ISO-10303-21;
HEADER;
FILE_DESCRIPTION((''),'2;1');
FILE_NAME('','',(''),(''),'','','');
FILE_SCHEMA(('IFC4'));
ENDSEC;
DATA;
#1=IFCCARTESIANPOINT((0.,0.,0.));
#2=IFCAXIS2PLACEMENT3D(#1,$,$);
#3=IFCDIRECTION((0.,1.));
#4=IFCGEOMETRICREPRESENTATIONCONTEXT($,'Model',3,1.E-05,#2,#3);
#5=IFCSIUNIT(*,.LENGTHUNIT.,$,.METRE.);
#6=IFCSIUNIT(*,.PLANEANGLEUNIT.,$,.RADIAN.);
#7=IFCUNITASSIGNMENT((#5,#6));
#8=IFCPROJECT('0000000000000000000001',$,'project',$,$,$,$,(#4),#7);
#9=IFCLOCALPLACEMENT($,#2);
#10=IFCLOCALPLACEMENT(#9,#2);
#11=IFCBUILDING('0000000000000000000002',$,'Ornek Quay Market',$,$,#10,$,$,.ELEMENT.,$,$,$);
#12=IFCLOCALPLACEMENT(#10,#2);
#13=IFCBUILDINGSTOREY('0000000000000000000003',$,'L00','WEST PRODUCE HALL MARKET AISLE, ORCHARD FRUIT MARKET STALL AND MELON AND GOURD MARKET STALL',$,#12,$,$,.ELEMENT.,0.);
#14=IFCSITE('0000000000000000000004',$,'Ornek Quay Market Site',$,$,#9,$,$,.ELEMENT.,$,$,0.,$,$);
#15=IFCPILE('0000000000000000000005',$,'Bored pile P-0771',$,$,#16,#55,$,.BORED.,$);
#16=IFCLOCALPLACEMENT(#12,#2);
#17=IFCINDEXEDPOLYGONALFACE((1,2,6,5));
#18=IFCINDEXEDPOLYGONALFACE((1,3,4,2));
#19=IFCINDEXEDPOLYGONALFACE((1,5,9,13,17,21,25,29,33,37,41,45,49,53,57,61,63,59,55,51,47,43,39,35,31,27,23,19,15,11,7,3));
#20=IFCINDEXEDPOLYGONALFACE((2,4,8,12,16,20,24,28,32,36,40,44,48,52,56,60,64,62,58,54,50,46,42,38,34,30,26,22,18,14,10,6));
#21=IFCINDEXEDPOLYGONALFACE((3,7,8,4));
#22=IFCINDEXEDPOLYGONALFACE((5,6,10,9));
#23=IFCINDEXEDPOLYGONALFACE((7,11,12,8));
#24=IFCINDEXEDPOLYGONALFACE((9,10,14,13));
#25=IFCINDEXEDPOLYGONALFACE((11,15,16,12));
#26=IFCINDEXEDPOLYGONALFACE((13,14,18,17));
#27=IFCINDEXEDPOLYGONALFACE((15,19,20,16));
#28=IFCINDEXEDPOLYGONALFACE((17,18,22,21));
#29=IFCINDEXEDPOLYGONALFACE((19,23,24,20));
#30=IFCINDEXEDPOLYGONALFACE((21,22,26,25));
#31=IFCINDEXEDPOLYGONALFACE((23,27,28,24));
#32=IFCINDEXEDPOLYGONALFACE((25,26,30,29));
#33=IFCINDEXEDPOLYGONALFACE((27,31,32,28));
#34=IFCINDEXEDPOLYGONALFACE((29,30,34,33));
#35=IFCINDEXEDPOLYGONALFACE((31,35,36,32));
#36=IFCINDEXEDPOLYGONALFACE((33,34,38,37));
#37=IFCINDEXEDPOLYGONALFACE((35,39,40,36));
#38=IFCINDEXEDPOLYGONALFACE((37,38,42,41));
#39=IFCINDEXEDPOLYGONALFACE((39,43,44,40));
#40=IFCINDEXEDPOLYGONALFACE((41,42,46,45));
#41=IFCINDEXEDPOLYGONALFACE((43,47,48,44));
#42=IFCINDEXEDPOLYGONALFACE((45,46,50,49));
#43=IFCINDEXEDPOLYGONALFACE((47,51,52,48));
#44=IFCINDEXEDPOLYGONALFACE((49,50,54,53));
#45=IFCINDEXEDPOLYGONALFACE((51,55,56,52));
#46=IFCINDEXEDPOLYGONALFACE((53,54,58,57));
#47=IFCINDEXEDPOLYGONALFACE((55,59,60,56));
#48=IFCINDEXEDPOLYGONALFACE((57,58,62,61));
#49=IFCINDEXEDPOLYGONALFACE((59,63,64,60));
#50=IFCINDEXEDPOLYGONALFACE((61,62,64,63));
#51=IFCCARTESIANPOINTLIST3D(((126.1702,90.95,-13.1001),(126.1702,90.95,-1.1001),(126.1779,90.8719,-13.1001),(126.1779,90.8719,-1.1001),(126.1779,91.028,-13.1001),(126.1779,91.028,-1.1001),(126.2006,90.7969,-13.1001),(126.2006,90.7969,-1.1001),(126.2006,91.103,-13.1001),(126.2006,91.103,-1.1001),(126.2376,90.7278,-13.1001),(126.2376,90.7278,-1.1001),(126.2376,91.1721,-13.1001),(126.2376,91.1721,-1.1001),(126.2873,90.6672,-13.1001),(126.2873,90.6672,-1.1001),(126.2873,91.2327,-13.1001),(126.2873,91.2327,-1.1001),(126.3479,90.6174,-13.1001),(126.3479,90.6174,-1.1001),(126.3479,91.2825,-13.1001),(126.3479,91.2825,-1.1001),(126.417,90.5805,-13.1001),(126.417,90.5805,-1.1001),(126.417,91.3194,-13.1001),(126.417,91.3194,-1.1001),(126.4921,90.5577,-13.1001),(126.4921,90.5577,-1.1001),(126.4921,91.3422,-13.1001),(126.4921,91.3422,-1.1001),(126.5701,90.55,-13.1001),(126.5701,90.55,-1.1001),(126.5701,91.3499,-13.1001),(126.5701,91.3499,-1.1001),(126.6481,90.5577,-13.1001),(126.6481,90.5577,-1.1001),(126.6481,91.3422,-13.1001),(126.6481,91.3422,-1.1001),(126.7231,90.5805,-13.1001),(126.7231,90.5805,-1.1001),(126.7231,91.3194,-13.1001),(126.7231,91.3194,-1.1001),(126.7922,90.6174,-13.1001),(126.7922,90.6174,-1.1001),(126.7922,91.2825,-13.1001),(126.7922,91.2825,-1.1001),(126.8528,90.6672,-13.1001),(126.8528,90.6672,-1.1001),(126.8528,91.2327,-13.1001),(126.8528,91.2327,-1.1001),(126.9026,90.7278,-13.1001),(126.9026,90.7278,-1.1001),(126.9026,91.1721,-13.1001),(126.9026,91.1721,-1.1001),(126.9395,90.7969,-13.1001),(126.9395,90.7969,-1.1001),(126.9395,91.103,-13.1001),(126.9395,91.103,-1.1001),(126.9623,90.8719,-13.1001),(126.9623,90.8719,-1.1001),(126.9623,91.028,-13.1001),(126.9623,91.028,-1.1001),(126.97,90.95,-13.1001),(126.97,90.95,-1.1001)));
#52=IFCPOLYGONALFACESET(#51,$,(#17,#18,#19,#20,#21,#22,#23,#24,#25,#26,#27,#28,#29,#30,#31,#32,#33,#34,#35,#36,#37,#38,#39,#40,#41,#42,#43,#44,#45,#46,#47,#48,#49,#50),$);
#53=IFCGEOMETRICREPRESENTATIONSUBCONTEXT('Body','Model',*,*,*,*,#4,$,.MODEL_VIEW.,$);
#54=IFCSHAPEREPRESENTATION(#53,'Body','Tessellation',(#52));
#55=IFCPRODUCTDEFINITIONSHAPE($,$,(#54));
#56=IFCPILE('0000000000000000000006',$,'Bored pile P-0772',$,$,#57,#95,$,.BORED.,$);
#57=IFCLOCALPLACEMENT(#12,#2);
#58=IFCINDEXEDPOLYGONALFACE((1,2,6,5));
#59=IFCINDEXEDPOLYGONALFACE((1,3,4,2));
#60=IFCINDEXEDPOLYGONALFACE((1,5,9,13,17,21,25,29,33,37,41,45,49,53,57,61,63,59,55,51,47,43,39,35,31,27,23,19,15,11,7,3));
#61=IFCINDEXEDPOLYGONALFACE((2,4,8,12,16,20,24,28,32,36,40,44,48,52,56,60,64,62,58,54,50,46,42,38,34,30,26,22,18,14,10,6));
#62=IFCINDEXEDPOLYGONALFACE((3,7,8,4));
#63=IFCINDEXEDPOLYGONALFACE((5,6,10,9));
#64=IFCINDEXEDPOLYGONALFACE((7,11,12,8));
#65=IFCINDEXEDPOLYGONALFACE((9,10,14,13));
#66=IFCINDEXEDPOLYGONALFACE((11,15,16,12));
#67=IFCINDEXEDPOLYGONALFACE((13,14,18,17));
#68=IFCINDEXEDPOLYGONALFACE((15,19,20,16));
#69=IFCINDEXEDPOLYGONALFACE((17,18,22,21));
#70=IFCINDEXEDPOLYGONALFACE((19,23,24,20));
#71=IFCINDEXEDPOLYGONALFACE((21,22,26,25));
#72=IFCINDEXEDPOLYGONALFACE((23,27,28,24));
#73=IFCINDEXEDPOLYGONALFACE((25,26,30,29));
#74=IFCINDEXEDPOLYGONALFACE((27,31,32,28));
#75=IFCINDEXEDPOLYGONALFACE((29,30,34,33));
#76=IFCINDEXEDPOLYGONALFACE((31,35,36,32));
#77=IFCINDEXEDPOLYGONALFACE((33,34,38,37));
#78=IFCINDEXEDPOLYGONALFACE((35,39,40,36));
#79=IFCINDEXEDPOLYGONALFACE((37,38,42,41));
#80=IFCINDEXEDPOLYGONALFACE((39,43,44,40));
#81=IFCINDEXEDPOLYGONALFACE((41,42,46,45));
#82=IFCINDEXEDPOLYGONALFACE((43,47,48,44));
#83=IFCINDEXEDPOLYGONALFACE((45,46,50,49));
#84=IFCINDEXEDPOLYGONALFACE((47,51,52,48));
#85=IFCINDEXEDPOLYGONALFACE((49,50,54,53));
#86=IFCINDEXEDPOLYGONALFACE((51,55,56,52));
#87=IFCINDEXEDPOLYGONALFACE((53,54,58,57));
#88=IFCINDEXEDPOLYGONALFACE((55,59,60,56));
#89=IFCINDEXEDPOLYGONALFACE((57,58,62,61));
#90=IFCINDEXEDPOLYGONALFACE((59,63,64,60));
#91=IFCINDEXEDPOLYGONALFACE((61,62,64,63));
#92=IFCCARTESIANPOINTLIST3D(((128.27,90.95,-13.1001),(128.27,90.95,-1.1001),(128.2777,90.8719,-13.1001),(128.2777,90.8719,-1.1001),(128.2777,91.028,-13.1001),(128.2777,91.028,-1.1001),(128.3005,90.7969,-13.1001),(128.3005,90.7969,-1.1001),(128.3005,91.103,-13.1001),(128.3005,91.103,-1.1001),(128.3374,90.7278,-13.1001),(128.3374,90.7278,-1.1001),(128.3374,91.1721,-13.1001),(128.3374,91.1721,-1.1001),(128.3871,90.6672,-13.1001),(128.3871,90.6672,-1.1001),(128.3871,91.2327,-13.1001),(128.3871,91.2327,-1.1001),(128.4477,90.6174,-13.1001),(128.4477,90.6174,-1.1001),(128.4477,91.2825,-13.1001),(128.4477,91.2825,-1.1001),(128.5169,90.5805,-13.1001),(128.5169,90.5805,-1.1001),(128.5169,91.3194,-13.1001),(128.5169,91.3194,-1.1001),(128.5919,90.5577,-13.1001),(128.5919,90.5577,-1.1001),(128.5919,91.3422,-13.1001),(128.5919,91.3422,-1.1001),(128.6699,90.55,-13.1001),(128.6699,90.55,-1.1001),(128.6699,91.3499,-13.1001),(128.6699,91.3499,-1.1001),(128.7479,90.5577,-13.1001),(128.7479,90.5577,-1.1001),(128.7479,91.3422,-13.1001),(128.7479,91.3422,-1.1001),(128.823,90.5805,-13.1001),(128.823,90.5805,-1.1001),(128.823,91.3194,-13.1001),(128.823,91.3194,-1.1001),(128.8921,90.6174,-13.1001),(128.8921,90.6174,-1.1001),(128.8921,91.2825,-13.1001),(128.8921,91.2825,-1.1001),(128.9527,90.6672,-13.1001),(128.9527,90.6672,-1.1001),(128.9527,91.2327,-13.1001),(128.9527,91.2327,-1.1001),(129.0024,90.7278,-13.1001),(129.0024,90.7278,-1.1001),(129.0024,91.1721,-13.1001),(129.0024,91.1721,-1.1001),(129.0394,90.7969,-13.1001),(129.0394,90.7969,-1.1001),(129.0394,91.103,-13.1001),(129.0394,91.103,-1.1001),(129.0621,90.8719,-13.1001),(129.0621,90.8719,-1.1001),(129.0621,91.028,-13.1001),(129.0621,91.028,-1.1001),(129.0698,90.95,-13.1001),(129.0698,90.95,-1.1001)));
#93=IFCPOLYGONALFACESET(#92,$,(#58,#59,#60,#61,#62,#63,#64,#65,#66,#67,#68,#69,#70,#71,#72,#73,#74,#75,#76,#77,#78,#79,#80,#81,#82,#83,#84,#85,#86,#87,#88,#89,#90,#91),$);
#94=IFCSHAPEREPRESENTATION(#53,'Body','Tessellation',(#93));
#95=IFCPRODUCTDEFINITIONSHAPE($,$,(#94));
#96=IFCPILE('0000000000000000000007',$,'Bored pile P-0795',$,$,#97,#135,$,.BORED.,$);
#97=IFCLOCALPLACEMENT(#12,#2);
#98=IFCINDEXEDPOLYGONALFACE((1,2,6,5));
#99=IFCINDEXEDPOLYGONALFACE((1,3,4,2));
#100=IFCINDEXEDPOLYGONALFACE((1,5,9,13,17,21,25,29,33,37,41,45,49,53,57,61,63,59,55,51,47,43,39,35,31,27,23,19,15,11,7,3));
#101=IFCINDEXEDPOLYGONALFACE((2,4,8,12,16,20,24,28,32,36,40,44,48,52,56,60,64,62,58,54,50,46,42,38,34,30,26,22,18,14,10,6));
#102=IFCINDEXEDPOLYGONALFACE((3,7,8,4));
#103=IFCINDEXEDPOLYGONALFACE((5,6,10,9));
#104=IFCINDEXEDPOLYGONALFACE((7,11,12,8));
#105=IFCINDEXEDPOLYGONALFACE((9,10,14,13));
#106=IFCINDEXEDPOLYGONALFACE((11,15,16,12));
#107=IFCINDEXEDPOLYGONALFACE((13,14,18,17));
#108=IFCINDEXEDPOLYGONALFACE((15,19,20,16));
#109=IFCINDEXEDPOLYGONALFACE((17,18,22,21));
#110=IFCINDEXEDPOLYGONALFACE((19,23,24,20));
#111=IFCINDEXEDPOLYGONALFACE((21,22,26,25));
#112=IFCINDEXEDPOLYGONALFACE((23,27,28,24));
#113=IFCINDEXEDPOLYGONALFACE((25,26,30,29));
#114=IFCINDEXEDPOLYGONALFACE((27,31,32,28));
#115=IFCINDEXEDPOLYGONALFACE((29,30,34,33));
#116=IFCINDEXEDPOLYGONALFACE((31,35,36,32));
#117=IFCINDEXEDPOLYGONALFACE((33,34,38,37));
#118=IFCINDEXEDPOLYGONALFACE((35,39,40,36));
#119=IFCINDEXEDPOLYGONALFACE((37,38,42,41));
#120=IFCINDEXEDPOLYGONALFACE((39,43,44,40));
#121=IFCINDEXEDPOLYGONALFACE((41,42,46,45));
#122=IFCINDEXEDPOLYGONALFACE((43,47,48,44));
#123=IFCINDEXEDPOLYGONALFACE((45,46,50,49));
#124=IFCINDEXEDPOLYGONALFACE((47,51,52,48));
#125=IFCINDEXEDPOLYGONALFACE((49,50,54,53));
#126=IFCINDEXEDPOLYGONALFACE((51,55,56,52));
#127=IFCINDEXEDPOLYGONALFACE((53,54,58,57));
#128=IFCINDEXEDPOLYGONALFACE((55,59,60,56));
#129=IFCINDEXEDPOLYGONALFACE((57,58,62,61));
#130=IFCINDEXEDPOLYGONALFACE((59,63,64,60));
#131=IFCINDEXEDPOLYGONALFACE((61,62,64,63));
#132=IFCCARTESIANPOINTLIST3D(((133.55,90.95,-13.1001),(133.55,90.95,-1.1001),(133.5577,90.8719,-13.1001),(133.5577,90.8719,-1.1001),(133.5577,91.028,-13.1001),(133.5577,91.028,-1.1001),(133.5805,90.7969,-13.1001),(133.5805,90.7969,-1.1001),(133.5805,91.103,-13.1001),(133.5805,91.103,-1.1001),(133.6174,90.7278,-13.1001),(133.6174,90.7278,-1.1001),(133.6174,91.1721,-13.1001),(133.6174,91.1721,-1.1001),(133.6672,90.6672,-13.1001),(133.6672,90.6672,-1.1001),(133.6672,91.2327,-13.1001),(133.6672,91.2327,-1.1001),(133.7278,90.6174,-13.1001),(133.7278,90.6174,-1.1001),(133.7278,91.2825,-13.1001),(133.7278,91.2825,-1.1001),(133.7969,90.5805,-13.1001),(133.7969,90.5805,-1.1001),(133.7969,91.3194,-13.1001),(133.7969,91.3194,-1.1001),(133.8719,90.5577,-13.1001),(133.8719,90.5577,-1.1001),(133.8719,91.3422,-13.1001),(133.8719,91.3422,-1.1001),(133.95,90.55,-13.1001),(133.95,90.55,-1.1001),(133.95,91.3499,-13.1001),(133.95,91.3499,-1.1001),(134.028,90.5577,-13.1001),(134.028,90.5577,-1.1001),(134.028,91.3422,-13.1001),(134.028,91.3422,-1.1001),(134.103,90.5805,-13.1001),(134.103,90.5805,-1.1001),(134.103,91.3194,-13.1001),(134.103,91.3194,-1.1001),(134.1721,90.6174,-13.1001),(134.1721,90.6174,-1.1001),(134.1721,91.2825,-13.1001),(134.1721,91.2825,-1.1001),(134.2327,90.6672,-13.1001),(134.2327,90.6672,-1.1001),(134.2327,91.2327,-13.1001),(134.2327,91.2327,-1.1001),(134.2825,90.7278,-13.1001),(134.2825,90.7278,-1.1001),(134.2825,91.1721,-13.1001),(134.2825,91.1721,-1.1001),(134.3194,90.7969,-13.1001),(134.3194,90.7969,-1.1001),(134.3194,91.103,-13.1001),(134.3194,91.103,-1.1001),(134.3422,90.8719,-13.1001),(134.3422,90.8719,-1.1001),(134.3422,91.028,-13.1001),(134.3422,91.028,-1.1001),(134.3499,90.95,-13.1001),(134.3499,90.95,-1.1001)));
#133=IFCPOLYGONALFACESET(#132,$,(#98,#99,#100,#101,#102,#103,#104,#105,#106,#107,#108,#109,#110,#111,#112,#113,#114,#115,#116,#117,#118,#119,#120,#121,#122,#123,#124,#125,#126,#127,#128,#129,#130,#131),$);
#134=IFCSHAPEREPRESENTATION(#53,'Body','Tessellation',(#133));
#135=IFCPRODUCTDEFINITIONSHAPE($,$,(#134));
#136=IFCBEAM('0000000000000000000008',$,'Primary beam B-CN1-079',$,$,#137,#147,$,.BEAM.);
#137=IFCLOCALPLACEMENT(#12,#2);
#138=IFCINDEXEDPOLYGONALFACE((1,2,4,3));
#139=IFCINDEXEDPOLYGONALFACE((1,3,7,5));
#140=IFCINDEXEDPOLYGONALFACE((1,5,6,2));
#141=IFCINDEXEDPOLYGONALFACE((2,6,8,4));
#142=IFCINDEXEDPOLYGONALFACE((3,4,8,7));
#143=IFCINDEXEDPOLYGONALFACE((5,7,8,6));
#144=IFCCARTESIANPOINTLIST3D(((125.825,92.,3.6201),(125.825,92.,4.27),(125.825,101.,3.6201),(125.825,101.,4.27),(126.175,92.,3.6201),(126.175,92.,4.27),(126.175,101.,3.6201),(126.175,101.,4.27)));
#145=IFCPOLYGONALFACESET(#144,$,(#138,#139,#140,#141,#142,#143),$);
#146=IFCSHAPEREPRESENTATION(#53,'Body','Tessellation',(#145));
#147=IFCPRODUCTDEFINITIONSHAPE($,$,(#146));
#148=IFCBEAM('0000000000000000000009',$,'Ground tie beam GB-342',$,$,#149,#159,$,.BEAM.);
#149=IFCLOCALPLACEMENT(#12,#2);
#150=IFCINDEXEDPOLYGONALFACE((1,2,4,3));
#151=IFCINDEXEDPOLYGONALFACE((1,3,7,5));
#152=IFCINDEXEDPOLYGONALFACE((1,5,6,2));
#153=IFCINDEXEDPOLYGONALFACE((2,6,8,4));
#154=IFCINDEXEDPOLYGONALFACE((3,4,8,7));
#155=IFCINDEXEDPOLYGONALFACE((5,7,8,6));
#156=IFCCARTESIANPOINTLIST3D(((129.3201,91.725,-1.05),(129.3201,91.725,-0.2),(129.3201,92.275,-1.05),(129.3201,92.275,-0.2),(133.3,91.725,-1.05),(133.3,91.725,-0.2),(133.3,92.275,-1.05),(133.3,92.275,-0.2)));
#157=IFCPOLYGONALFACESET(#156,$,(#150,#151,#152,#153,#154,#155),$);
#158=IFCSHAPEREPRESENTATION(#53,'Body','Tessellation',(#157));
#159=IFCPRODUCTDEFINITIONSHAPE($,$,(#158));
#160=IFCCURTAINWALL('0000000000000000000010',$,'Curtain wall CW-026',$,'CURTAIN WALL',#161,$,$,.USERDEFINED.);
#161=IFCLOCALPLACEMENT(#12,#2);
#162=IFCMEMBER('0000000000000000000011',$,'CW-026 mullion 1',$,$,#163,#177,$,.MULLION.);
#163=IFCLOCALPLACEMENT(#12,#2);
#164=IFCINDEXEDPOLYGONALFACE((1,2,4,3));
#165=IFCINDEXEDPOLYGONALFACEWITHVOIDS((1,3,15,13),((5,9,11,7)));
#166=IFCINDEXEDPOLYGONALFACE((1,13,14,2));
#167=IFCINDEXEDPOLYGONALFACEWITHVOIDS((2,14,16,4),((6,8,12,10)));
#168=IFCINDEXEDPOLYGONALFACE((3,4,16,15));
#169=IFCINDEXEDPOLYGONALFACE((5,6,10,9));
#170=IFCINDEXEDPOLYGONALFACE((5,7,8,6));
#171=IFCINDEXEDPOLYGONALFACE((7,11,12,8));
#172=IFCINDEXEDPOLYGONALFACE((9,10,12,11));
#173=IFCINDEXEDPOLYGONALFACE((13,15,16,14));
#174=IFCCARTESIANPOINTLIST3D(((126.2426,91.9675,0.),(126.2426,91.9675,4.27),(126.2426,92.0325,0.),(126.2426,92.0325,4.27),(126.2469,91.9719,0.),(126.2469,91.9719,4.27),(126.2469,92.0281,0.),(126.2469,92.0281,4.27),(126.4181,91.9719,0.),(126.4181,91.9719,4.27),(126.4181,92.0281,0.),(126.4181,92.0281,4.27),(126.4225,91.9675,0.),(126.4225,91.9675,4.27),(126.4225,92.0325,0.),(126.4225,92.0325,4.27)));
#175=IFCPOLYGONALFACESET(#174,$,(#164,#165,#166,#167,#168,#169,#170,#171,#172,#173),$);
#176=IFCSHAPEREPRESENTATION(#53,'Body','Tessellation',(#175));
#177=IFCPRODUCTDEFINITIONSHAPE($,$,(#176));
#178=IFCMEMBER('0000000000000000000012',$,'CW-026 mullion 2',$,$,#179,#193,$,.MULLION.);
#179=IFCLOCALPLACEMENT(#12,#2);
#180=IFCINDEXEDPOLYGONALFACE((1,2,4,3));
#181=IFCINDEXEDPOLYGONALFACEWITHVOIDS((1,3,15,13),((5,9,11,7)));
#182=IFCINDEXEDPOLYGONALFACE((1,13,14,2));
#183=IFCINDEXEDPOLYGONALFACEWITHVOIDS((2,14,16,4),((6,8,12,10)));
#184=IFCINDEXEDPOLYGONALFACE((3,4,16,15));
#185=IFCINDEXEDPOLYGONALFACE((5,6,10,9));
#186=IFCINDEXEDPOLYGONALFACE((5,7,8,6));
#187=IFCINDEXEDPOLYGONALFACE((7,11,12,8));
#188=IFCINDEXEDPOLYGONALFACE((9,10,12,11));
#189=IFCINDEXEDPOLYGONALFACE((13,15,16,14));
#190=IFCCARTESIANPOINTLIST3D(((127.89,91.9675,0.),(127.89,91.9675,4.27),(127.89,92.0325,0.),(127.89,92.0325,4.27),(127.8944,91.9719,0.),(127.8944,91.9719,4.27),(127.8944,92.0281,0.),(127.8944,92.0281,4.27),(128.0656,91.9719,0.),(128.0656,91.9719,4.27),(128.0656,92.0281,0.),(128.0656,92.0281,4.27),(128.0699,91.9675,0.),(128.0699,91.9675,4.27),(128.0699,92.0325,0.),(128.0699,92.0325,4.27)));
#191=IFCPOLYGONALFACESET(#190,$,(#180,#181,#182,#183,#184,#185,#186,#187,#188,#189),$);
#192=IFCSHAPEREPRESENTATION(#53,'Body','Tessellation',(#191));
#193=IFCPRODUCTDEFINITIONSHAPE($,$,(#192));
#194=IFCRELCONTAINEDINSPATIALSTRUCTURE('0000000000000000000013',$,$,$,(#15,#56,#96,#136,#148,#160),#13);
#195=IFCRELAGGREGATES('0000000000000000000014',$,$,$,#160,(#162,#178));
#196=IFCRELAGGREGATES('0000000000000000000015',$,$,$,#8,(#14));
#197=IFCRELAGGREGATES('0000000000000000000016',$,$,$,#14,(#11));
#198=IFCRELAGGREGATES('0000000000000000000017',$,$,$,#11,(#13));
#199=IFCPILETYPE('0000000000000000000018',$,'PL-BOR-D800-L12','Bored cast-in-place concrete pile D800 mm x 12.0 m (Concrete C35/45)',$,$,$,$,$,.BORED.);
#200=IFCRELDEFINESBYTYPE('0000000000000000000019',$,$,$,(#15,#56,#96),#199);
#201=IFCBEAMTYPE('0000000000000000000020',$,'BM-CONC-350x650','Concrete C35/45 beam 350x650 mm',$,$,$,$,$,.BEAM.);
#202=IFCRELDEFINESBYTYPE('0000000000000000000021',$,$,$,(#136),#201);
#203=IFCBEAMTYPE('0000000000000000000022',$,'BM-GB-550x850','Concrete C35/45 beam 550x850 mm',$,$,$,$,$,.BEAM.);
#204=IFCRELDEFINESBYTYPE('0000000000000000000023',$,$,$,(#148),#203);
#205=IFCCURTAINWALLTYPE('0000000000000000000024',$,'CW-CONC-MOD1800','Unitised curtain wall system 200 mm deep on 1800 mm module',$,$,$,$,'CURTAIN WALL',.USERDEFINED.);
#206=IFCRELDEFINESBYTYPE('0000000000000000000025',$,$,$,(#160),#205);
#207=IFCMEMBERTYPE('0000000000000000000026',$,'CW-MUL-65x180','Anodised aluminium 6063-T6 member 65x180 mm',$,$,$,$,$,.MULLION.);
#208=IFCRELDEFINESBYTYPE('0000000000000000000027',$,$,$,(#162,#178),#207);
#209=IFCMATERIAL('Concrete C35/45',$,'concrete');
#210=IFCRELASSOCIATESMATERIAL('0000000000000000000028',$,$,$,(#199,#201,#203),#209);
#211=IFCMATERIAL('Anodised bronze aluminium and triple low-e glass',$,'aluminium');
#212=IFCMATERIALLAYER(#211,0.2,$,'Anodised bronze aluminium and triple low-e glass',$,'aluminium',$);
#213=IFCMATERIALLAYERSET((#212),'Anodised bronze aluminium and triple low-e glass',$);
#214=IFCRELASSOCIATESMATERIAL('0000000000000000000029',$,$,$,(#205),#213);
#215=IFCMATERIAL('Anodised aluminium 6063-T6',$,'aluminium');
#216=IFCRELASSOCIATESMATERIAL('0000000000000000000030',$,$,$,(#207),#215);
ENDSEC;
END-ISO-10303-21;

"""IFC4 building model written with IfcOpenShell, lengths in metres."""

from ifc_helpers import new_model, si_unit, direction, frame, origin, origin_2d, place, context, subcontext, project, spatial, rectangle, hollow_rectangle, circle, extrude, material, layer, layer_set, material_profile, profile_set, type_object, element, aggregate, save


model = new_model("IFC4")

# Units and contexts
model_context = context("Model", 3, precision=1e-05, world=origin(), true_north=direction((0.0, 1.0)))
body_context = subcontext(model_context, "Body", "Model", "MODEL_VIEW")
ifc_project = project(units=[si_unit("LENGTHUNIT", "METRE"), si_unit("PLANEANGLEUNIT", "RADIAN")], contexts=[model_context])

# Site, building, storey
site_placement = place(None, origin())
site = spatial("IfcSite", under=ifc_project, at=site_placement, Name="Ornek Quay Market Site", CompositionType="ELEMENT", RefElevation=0.0)
building_placement = place(site_placement, origin())
building = spatial("IfcBuilding", under=site, at=building_placement, Name="Ornek Quay Market", CompositionType="ELEMENT")
storey_placement = place(building_placement, origin())
storey = spatial("IfcBuildingStorey", under=building, at=storey_placement, Name="L00", Description="WEST PRODUCE HALL MARKET AISLE, ORCHARD FRUIT MARKET STALL AND MELON AND GOURD MARKET STALL", CompositionType="ELEMENT", Elevation=0.0)

# Piles
ifc_material_1 = material(Name="Concrete C35/45", Category="concrete")
ifc_material_profile_1 = material_profile(ifc_material_1, circle(Radius=0.3999, at=origin_2d()), Name="PILE D800", Category="concrete")
ifc_profile_set_1 = profile_set([ifc_material_profile_1], Name="Concrete C35/45")
pile_type = type_object("IfcPileType", Name="PL-BOR-D800-L12", Description="Bored cast-in-place concrete pile D800 mm x 12.0 m (Concrete C35/45)", PredefinedType="BORED", material=ifc_profile_set_1)
for number, where, z_axis, x_axis, name in (
    (1, (126.5701, 90.95, -1.1001), (0.0, 0.0, -1.0), (1.0, 0.0, 0.0), "Bored pile P-0771"),
    (2, (128.6699, 90.95, -1.1001), (0.0, 0.0, -1.0), (1.0, 0.0, 0.0), "Bored pile P-0772"),
    (3, (133.95, 90.95, -1.1001), (0.0, 0.0, -1.0), (1.0, 0.0, 0.0), "Bored pile P-0795"),
):
    element("IfcPile", number, at=place(storey_placement, frame(where, z_axis=z_axis, x_axis=x_axis)), inside=storey, type_object=pile_type, Name=name, PredefinedType="BORED", context=body_context, shape_type="SweptSolid", body=[
        extrude(circle(Radius=0.3999, at=origin_2d()), origin(), (0.0, 0.0, 1.0), 12.0),
    ])

# Beams
ifc_material_profile_2 = material_profile(ifc_material_1, rectangle(XDim=0.3501, YDim=0.6499, at=origin_2d()), Name="RC 350x650", Category="concrete")
ifc_profile_set_2 = profile_set([ifc_material_profile_2], Name="Concrete C35/45")
beam_type_1 = type_object("IfcBeamType", Name="BM-CONC-350x650", Description="Concrete C35/45 beam 350x650 mm", PredefinedType="BEAM", material=ifc_profile_set_2)
beam_1_placement = place(storey_placement, frame((126.0, 92.0, 3.9451), z_axis=(0.0, 1.0, 0.0), x_axis=(-1.0, 0.0, 0.0)))
element("IfcBeam", 4, at=beam_1_placement, inside=storey, type_object=beam_type_1, Name="Primary beam B-CN1-079", PredefinedType="BEAM", context=body_context, shape_type="SweptSolid", body=[
    extrude(rectangle(XDim=0.3501, YDim=0.6499, at=origin_2d()), origin(), (0.0, 0.0, 1.0), 9.0),
])
ifc_material_profile_3 = material_profile(ifc_material_1, rectangle(XDim=0.55, YDim=0.8501, at=origin_2d()), Name="RC 550x850", Category="concrete")
ifc_profile_set_3 = profile_set([ifc_material_profile_3], Name="Concrete C35/45")
beam_type_2 = type_object("IfcBeamType", Name="BM-GB-550x850", Description="Concrete C35/45 beam 550x850 mm", PredefinedType="BEAM", material=ifc_profile_set_3)
beam_2_placement = place(storey_placement, frame((129.3201, 92.0, -0.625), z_axis=(1.0, 0.0, 0.0), x_axis=(0.0, 1.0, 0.0)))
element("IfcBeam", 5, at=beam_2_placement, inside=storey, type_object=beam_type_2, Name="Ground tie beam GB-342", PredefinedType="BEAM", context=body_context, shape_type="SweptSolid", body=[
    extrude(rectangle(XDim=0.55, YDim=0.8501, at=origin_2d()), origin(), (0.0, 0.0, 1.0), 3.98),
])

# Curtain wall, members
ifc_material_2 = material(Name="Anodised bronze aluminium and triple low-e glass", Category="aluminium")
ifc_layer_1 = layer(ifc_material_2, 0.2, Name="Anodised bronze aluminium and triple low-e glass", Category="aluminium")
ifc_layer_set_1 = layer_set([ifc_layer_1], Name="Anodised bronze aluminium and triple low-e glass")
curtain_wall_type = type_object("IfcCurtainWallType", Name="CW-CONC-MOD1800", Description="Unitised curtain wall system 200 mm deep on 1800 mm module", ElementType="CURTAIN WALL", PredefinedType="USERDEFINED", material=ifc_layer_set_1)
curtain_wall_placement = place(storey_placement, origin())
curtain_wall = element("IfcCurtainWall", 6, at=curtain_wall_placement, inside=storey, type_object=curtain_wall_type, Name="Curtain wall CW-026", ObjectType="CURTAIN WALL", PredefinedType="USERDEFINED")
ifc_material_3 = material(Name="Anodised aluminium 6063-T6", Category="aluminium")
ifc_material_profile_4 = material_profile(ifc_material_3, hollow_rectangle(XDim=0.0649, YDim=0.1799, WallThickness=0.0044, at=origin_2d()), Name="CW-MUL-65x180", Category="aluminium")
ifc_profile_set_4 = profile_set([ifc_material_profile_4], Name="Anodised aluminium 6063-T6")
member_type_1 = type_object("IfcMemberType", Name="CW-MUL-65x180", Description="Anodised aluminium 6063-T6 member 65x180 mm", PredefinedType="MULLION", material=ifc_profile_set_4)
member_1_placement = place(storey_placement, frame((126.3325, 92.0, 0.0), z_axis=(0.0, 0.0, 1.0), x_axis=(0.0, 1.0, 0.0)))
member_1 = element("IfcMember", 7, at=member_1_placement, type_object=member_type_1, Name="CW-026 mullion 1", PredefinedType="MULLION", context=body_context, shape_type="SweptSolid", body=[
    extrude(hollow_rectangle(XDim=0.0649, YDim=0.1799, WallThickness=0.0044, at=origin_2d()), origin(), (0.0, 0.0, 1.0), 4.27),
])
member_2_placement = place(storey_placement, frame((127.98, 92.0, 0.0), z_axis=(0.0, 0.0, 1.0), x_axis=(0.0, 1.0, 0.0)))
member_2 = element("IfcMember", 8, at=member_2_placement, type_object=member_type_1, Name="CW-026 mullion 2", PredefinedType="MULLION", context=body_context, shape_type="SweptSolid", body=[
    extrude(hollow_rectangle(XDim=0.0649, YDim=0.1799, WallThickness=0.0044, at=origin_2d()), origin(), (0.0, 0.0, 1.0), 4.27),
])
aggregate(curtain_wall, [member_1, member_2])

save(model, "model.ifc")
